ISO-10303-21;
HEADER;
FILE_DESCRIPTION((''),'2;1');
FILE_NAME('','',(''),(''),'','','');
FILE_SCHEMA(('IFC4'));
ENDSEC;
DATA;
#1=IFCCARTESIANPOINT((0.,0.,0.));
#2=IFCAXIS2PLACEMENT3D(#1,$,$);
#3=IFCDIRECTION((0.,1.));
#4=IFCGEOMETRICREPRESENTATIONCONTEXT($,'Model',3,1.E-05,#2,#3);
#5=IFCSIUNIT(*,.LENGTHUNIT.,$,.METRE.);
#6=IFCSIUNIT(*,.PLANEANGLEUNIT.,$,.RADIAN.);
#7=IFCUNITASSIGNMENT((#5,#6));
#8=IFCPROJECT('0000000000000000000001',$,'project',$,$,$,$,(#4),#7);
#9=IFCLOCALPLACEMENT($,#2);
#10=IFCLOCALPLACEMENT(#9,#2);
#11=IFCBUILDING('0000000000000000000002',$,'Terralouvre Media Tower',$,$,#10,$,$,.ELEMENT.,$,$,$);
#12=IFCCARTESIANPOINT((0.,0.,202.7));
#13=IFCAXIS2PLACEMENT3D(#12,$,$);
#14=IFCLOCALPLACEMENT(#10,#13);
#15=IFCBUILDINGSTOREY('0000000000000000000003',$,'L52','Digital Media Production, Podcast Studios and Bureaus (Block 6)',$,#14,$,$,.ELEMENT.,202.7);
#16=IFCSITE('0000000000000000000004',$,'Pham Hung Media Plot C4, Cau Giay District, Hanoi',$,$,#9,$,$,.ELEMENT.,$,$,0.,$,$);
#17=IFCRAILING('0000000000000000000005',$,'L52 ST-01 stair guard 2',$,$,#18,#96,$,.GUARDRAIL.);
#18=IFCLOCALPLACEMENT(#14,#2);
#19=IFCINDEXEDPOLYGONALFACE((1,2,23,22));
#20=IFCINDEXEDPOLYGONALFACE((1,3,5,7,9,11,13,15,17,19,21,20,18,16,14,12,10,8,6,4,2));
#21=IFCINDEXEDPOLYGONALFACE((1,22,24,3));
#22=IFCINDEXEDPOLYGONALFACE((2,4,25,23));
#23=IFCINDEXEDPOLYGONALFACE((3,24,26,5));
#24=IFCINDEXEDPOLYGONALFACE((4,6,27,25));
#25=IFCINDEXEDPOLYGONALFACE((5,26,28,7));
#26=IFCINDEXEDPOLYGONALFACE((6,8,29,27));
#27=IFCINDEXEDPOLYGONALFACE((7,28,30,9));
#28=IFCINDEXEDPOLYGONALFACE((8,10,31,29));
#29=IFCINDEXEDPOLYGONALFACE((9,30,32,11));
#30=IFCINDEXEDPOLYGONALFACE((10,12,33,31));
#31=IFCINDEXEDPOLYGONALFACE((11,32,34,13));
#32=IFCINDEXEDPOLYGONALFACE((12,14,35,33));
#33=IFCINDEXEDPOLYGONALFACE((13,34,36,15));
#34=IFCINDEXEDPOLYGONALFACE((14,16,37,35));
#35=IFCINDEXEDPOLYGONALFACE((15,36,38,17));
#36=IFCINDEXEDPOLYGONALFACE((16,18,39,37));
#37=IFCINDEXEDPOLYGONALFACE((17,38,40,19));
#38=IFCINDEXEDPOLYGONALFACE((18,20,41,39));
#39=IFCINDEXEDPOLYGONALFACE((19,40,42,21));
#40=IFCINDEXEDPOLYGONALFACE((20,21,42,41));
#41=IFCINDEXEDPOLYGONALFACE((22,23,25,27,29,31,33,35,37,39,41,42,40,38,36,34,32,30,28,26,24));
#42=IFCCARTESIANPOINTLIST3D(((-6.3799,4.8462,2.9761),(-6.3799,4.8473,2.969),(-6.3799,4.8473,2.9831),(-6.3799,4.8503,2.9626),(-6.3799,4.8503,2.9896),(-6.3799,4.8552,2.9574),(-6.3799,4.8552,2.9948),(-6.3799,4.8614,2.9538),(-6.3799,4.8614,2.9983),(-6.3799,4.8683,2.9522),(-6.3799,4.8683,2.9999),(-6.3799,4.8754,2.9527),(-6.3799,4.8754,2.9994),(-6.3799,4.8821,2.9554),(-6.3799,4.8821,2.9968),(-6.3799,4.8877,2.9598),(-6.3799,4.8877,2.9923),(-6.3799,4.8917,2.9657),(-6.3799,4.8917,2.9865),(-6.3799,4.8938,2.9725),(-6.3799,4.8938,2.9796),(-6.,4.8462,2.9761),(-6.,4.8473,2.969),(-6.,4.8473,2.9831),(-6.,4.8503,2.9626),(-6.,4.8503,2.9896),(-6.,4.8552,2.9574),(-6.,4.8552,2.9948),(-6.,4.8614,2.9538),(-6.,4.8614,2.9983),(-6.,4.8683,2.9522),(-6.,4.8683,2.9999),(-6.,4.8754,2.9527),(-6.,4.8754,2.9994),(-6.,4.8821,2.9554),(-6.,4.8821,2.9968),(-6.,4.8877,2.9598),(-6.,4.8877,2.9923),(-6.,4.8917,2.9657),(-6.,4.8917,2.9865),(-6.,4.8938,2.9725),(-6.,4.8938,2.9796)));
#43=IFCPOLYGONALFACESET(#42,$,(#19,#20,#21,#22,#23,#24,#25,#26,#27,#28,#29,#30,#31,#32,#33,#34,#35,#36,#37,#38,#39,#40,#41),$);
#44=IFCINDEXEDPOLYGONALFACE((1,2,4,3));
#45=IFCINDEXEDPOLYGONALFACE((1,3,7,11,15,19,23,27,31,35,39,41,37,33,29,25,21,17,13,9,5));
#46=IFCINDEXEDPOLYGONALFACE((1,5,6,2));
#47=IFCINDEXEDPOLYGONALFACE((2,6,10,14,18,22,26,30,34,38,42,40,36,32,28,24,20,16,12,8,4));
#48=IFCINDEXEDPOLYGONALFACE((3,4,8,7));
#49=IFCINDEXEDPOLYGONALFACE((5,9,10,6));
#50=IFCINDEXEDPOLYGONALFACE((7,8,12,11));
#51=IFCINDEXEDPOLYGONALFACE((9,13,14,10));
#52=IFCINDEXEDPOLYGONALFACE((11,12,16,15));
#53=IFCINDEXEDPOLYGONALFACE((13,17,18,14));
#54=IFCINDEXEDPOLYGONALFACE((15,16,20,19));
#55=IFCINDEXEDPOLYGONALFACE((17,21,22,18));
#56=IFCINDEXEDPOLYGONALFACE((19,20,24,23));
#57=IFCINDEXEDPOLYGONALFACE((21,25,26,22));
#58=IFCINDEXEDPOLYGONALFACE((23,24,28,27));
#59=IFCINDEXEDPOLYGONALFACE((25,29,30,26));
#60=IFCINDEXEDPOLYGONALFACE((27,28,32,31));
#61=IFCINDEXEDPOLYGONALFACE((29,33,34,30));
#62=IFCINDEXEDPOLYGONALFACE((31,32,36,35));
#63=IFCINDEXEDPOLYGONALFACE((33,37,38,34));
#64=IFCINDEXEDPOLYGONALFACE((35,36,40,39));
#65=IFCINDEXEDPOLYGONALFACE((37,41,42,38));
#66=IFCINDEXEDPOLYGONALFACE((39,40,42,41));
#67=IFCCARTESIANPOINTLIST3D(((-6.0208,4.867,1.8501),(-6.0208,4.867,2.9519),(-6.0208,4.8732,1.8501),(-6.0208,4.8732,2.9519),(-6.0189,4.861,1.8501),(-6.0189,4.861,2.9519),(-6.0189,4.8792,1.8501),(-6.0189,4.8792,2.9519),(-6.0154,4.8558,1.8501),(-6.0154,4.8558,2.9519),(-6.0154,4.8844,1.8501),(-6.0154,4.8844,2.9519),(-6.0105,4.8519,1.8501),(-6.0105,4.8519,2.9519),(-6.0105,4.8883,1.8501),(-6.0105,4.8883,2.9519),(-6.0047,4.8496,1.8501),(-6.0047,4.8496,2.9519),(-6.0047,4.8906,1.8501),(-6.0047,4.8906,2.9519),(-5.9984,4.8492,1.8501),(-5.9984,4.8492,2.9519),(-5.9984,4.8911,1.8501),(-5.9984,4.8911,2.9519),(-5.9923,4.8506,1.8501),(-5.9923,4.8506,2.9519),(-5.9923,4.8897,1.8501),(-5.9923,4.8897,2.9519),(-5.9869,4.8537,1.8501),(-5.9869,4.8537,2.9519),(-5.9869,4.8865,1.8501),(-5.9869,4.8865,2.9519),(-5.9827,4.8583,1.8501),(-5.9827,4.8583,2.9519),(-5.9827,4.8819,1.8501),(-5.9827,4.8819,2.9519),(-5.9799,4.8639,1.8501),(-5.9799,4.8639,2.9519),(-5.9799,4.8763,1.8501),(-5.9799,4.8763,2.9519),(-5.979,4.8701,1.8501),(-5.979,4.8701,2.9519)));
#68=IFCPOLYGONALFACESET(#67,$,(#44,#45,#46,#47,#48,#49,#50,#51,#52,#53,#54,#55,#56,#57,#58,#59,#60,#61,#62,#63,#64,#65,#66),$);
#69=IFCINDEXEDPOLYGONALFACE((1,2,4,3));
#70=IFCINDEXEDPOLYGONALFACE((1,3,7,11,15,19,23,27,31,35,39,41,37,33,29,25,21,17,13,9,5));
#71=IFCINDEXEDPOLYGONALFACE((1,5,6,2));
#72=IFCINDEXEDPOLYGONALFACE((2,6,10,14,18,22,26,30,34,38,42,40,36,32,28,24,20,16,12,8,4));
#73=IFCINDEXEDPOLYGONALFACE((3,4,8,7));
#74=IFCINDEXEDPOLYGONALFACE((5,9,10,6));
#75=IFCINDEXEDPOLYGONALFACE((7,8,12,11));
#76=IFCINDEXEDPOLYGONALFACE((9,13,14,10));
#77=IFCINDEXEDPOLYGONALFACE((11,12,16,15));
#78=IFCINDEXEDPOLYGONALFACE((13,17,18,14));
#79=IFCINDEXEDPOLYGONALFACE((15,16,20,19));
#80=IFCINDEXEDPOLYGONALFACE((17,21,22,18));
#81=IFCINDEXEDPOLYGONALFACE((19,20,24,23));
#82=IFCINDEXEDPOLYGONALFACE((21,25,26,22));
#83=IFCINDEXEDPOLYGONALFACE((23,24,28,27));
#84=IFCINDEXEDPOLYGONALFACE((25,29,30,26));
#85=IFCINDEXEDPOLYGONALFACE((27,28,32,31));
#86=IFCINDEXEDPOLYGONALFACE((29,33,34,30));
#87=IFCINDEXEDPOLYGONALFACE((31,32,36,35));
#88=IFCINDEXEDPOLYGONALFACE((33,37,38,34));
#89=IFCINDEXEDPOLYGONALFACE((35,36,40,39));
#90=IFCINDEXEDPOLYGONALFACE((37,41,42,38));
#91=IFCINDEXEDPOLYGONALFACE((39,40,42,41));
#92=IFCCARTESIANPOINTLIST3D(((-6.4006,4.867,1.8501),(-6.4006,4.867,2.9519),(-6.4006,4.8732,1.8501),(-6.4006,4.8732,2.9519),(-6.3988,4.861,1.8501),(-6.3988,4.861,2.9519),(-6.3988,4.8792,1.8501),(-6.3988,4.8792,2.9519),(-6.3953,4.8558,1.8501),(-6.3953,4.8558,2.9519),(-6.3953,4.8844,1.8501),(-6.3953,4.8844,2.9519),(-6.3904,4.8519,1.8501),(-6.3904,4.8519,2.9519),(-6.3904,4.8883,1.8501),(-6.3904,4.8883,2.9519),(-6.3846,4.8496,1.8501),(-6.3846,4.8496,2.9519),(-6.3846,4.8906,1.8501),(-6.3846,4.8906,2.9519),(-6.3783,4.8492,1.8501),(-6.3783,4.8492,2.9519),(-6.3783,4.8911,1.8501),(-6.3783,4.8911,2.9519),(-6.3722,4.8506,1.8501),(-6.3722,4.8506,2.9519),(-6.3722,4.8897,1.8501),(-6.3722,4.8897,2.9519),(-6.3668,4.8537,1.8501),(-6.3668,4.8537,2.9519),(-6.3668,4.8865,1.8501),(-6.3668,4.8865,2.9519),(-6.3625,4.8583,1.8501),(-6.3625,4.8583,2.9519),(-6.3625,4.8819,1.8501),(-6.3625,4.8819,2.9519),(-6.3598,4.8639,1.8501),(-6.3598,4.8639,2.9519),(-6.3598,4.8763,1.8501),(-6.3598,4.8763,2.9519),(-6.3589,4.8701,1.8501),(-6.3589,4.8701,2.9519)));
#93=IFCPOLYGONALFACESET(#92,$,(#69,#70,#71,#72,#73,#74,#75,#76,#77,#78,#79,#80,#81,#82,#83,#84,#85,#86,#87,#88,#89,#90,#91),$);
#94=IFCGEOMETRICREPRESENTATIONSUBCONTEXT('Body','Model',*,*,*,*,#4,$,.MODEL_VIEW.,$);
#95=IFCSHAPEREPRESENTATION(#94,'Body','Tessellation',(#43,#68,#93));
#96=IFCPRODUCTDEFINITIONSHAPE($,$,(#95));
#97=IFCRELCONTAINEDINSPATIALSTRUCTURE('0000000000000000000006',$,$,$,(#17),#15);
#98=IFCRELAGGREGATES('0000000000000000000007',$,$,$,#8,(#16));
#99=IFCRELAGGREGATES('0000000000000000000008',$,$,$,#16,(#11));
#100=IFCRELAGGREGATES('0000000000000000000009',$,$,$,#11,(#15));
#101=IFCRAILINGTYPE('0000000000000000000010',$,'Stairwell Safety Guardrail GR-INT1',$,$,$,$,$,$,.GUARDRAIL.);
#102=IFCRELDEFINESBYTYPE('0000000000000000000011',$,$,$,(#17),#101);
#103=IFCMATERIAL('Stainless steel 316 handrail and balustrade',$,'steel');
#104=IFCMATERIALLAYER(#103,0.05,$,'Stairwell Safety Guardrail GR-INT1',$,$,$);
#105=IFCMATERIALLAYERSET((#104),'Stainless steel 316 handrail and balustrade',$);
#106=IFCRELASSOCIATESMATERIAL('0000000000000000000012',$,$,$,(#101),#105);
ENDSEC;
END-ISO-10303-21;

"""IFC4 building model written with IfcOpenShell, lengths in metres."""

from ifc_helpers import new_model, si_unit, direction, frame, origin, origin_2d, place, context, subcontext, project, spatial, circle, extrude, material, layer, layer_set, type_object, element, save


model = new_model("IFC4")

# Units and contexts
model_context = context("Model", 3, precision=1e-05, world=origin(), true_north=direction((0.0, 1.0)))
body_context = subcontext(model_context, "Body", "Model", "MODEL_VIEW")
ifc_project = project(units=[si_unit("LENGTHUNIT", "METRE"), si_unit("PLANEANGLEUNIT", "RADIAN")], contexts=[model_context])

# Site, building, storey
site_placement = place(None, origin())
site = spatial("IfcSite", under=ifc_project, at=site_placement, Name="Pham Hung Media Plot C4, Cau Giay District, Hanoi", CompositionType="ELEMENT", RefElevation=0.0)
building_placement = place(site_placement, origin())
building = spatial("IfcBuilding", under=site, at=building_placement, Name="Terralouvre Media Tower", CompositionType="ELEMENT")
storey_placement = place(building_placement, frame((0.0, 0.0, 202.7)))
storey = spatial("IfcBuildingStorey", under=building, at=storey_placement, Name="L52", Description="Digital Media Production, Podcast Studios and Bureaus (Block 6)", CompositionType="ELEMENT", Elevation=202.7)

# Railing
ifc_material_1 = material(Name="Stainless steel 316 handrail and balustrade", Category="steel")
ifc_layer_1 = layer(ifc_material_1, 0.05, Name="Stairwell Safety Guardrail GR-INT1")
ifc_layer_set_1 = layer_set([ifc_layer_1], Name="Stainless steel 316 handrail and balustrade")
railing_type_1 = type_object("IfcRailingType", Name="Stairwell Safety Guardrail GR-INT1", PredefinedType="GUARDRAIL", material=ifc_layer_set_1)
railing_1_placement = place(storey_placement, frame((-6.0, 4.8701, 1.8501)))
element("IfcRailing", 1, at=railing_1_placement, inside=storey, type_object=railing_type_1, Name="L52 ST-01 stair guard 2", PredefinedType="GUARDRAIL", context=body_context, shape_type="SweptSolid", body=[
    extrude(circle(Radius=0.0239, at=origin_2d()), frame((0.0, 0.0, 1.126), z_axis=(-1.0, 0.0, 0.0), x_axis=(0.0, -1.0, 0.0)), (0.0, 0.0, 1.0), 0.3799),
    extrude(circle(Radius=0.021, at=origin_2d()), origin(), (0.0, 0.0, 1.0), 1.1018),
    extrude(circle(Radius=0.021, at=origin_2d()), frame((-0.3799, 0.0, 0.0)), (0.0, 0.0, 1.0), 1.1018),
])

save(model, "model.ifc")
